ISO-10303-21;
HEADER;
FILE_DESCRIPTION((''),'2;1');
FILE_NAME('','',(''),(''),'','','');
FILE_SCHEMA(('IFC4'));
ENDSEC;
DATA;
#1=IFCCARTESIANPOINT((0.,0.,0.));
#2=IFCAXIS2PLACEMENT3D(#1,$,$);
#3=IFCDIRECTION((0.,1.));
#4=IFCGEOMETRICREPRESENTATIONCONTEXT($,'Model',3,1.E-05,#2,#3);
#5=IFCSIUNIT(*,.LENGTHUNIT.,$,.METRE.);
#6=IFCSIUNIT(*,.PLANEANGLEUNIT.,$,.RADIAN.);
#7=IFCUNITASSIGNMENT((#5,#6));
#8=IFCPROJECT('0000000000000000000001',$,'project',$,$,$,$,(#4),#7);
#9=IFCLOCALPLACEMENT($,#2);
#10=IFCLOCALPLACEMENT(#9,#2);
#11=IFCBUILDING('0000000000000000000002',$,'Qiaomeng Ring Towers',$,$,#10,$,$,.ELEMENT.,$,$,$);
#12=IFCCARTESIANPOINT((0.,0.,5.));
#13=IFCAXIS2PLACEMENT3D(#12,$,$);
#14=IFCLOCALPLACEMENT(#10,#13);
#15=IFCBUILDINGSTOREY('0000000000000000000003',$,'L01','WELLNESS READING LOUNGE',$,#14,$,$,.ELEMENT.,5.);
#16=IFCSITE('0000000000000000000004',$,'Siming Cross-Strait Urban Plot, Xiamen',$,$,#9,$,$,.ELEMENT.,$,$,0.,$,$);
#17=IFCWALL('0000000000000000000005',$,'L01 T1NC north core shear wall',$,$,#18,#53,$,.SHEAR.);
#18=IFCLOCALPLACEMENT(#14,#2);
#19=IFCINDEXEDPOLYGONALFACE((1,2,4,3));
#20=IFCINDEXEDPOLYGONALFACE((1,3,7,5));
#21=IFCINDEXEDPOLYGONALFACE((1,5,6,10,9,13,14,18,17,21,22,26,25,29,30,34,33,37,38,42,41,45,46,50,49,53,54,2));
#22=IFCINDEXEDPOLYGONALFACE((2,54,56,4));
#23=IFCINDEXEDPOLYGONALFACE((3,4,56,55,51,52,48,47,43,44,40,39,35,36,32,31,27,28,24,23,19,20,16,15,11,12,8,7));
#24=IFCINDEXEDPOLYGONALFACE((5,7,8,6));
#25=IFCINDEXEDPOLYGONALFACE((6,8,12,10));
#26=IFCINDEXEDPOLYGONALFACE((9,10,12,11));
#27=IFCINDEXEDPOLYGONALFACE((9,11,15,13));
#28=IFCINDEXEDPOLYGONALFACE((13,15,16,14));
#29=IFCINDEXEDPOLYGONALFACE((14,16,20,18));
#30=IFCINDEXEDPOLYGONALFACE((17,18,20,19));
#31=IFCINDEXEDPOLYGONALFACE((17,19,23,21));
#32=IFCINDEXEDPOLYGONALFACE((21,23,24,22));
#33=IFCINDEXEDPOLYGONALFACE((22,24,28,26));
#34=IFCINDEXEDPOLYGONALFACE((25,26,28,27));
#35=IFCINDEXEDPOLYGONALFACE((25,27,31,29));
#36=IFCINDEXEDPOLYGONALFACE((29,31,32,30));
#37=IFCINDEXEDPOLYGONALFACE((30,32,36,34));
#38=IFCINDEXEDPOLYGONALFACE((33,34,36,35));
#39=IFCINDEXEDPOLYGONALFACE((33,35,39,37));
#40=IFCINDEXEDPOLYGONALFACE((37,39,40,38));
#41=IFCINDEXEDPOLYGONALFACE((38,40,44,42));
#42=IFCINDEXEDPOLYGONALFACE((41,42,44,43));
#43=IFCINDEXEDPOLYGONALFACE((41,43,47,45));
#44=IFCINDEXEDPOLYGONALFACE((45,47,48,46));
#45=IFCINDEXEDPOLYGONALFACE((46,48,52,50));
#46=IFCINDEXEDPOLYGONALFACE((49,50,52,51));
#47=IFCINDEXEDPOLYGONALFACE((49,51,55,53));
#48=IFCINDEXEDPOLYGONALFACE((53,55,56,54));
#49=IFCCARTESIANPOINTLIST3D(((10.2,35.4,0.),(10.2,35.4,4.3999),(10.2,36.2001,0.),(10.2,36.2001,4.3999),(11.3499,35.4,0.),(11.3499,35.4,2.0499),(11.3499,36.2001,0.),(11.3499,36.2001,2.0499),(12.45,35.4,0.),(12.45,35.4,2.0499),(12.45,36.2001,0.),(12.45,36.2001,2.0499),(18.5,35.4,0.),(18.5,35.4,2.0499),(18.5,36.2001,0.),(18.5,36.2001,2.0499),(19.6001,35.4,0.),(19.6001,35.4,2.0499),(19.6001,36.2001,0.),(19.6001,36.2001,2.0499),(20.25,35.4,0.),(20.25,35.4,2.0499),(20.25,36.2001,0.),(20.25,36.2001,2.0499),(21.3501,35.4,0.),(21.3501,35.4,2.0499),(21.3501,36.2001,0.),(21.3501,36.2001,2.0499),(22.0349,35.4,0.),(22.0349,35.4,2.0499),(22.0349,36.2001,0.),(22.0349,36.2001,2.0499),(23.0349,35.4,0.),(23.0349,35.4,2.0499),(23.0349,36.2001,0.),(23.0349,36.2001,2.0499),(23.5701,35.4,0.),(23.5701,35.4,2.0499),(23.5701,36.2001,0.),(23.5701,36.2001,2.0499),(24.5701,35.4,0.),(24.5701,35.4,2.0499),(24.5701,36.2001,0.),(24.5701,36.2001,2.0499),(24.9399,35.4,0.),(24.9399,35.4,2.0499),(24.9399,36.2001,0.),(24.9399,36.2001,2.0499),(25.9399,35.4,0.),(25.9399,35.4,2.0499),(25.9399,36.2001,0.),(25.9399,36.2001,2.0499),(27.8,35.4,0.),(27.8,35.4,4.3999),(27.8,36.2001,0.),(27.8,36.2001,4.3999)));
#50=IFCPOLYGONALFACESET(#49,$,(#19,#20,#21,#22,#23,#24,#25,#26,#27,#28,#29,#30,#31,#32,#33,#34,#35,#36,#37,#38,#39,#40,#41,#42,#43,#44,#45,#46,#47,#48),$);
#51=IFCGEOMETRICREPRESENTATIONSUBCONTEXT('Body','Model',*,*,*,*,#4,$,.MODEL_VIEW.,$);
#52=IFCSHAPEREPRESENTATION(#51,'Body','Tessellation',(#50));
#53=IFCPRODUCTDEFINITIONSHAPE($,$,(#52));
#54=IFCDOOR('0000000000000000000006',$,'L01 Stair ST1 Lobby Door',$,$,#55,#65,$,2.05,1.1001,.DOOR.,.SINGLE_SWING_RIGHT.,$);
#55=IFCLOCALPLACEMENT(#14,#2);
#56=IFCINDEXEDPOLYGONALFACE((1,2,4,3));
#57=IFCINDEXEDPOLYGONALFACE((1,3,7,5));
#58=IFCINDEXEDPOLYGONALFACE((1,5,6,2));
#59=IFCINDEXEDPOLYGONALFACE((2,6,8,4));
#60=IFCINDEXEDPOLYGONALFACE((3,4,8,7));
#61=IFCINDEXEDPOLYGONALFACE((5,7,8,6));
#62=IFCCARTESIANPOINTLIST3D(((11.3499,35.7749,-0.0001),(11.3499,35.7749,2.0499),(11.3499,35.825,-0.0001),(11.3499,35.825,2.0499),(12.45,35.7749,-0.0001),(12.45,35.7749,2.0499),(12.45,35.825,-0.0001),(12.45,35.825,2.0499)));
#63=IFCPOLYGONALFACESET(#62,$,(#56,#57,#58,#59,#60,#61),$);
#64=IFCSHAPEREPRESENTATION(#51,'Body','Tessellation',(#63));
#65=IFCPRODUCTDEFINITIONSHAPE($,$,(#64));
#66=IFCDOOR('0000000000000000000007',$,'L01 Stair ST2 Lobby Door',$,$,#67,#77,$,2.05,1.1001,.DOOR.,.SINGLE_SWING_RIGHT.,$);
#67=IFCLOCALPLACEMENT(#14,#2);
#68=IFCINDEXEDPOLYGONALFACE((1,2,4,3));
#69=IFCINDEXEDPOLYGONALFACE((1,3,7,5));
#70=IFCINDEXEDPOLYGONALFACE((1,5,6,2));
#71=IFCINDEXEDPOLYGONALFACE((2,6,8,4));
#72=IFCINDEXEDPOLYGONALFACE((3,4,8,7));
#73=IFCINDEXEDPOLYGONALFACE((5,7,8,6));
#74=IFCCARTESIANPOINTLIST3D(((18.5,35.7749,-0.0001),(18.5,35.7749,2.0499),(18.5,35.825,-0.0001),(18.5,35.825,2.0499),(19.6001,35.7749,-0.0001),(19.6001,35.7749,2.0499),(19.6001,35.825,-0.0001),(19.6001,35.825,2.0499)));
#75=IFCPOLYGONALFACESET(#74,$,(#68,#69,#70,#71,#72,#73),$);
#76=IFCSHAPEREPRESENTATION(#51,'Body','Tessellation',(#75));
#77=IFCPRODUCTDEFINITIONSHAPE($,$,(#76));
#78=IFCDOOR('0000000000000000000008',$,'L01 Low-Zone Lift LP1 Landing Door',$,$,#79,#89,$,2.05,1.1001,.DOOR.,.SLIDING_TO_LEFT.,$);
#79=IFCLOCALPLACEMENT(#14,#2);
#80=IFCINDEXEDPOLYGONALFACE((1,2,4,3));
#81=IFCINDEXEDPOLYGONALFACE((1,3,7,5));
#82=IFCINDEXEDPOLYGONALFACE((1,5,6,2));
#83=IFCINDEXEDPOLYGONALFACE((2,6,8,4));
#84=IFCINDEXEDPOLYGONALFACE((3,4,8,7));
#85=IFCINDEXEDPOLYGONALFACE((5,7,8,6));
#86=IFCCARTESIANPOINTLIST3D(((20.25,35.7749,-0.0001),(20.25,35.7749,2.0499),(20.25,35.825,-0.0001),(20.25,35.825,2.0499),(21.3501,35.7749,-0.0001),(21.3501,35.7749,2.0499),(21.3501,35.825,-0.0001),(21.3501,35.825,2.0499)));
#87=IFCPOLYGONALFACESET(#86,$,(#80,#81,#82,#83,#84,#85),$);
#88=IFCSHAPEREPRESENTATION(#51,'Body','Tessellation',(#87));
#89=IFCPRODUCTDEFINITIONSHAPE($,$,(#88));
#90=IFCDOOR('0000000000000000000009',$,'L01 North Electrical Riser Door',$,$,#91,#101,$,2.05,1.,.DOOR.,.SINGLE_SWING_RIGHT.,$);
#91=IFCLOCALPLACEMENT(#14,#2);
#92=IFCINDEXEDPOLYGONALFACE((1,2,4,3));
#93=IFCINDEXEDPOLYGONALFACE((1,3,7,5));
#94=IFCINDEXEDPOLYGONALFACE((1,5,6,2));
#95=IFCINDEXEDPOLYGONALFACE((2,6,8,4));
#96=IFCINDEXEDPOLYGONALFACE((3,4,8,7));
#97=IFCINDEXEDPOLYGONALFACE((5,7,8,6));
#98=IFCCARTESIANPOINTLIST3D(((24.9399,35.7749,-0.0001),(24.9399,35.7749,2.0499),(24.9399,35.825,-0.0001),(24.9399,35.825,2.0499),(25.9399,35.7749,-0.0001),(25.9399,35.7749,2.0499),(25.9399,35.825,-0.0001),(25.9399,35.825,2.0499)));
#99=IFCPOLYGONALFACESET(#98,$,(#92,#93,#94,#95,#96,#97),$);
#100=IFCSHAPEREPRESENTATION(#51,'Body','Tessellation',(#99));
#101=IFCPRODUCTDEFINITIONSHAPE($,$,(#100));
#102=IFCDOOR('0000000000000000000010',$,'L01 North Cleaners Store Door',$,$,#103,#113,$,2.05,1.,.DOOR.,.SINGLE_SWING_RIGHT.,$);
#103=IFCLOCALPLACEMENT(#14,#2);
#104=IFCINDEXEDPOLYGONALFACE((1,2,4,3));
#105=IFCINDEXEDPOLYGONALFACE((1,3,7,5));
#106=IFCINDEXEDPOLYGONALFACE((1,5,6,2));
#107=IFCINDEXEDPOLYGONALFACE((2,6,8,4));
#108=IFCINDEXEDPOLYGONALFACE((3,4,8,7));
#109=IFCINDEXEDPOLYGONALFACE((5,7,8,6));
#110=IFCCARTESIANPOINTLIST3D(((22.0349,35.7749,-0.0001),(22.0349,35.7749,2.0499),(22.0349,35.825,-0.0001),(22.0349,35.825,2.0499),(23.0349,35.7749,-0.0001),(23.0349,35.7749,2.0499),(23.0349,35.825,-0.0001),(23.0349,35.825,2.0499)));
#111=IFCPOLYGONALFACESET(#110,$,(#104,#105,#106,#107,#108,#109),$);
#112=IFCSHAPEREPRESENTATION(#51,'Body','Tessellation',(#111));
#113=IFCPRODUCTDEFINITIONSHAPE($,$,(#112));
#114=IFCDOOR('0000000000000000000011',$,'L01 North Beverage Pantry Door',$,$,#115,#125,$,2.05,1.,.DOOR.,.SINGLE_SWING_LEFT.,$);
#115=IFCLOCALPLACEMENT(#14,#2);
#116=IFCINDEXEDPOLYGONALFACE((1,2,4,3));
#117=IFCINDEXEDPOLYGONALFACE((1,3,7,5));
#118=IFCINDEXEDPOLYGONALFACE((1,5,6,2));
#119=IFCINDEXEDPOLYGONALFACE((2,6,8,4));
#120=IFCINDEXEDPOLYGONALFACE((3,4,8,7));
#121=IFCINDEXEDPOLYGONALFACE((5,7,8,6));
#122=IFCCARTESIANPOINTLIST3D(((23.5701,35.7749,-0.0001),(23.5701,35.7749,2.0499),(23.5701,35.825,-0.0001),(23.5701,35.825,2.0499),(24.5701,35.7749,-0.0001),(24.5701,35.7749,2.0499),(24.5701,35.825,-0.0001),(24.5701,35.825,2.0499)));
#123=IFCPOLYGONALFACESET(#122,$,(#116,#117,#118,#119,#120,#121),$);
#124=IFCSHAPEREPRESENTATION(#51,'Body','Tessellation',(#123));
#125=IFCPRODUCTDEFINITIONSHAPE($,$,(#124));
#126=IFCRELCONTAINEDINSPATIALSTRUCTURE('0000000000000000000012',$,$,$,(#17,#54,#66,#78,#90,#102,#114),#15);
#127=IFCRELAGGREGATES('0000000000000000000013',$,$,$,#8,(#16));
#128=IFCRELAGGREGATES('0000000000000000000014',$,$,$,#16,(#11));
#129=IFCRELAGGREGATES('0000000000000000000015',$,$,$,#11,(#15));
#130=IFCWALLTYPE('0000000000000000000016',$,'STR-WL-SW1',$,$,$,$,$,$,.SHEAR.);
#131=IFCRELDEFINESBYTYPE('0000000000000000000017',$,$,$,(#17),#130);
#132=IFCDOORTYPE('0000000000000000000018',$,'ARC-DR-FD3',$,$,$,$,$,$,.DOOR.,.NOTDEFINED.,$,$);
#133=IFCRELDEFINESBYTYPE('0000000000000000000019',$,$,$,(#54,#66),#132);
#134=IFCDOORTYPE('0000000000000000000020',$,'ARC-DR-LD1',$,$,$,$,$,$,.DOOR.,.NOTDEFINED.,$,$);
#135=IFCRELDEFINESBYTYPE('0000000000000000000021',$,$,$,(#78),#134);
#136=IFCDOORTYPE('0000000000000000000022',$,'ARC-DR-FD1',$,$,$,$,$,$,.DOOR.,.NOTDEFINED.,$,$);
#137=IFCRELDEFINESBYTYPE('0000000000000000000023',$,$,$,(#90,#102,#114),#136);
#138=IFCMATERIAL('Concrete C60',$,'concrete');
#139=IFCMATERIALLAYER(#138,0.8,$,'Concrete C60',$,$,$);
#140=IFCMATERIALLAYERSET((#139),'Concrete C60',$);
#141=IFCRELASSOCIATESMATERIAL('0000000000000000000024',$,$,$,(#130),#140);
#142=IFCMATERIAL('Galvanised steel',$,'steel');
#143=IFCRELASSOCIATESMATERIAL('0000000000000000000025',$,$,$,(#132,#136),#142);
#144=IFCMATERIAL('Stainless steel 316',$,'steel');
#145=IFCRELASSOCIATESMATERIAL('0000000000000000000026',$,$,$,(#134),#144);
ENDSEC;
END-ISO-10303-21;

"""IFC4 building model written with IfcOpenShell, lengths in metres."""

from ifc_helpers import new_model, si_unit, direction, frame, frame_2d, origin, place, context, subcontext, project, spatial, rectangle, extrude, source, transform, mapped, material, layer, layer_set, type_object, element, fill, save


model = new_model("IFC4")

# Units and contexts
model_context = context("Model", 3, precision=1e-05, world=origin(), true_north=direction((0.0, 1.0)))
body_context = subcontext(model_context, "Body", "Model", "MODEL_VIEW")
ifc_project = project(units=[si_unit("LENGTHUNIT", "METRE"), si_unit("PLANEANGLEUNIT", "RADIAN")], contexts=[model_context])

# Site, building, storey
site_placement = place(None, origin())
site = spatial("IfcSite", under=ifc_project, at=site_placement, Name="Siming Cross-Strait Urban Plot, Xiamen", CompositionType="ELEMENT", RefElevation=0.0)
building_placement = place(site_placement, origin())
building = spatial("IfcBuilding", under=site, at=building_placement, Name="Qiaomeng Ring Towers", CompositionType="ELEMENT")
storey_placement = place(building_placement, frame((0.0, 0.0, 5.0)))
storey = spatial("IfcBuildingStorey", under=building, at=storey_placement, Name="L01", Description="WELLNESS READING LOUNGE", CompositionType="ELEMENT", Elevation=5.0)

# Shared definitions
ifc_material_1 = material(Name="Concrete C60", Category="concrete")

# Shared definitions
shared_shape_1 = source(origin(), body_context, "Body", "SweptSolid", [
    extrude(rectangle(XDim=1.0, YDim=2.05, at=frame_2d((0.5, 1.0249))), frame((0.0, 0.0249, 0.0), z_axis=(0.0, -1.0, 0.0), x_axis=(1.0, 0.0, 0.0)), (0.0, 0.0, 1.0), 0.05),
])

# Wall, openings, doors
ifc_layer_1 = layer(ifc_material_1, 0.8, Name="Concrete C60")
ifc_layer_set_1 = layer_set([ifc_layer_1], Name="Concrete C60")
wall_type_1 = type_object("IfcWallType", Name="STR-WL-SW1", PredefinedType="SHEAR", material=ifc_layer_set_1)
wall_1_placement = place(storey_placement, frame((10.2, 35.8, 0.0), z_axis=(0.0, 0.0, 1.0), x_axis=(1.0, 0.0, 0.0)))
wall_1 = element("IfcWall", 1, at=wall_1_placement, inside=storey, type_object=wall_type_1, Name="L01 T1NC north core shear wall", PredefinedType="SHEAR", context=body_context, shape_type="SweptSolid", body=[
    extrude(rectangle(XDim=17.6001, YDim=0.8, at=frame_2d((8.8, 0.0))), origin(), (0.0, 0.0, 1.0), 4.3999),
])
opening_1_placement = place(wall_1_placement, frame((1.1499, 0.0, 0.0)))
opening_1 = element("IfcOpeningElement", 2, at=opening_1_placement, cuts=wall_1, PredefinedType="OPENING", context=body_context, shape_type="SweptSolid", body=[
    extrude(rectangle(XDim=1.1001, YDim=2.05, at=frame_2d((0.55, 1.0249))), frame((0.0, 0.4099, 0.0), z_axis=(0.0, -1.0, 0.0), x_axis=(1.0, 0.0, 0.0)), (0.0, 0.0, 1.0), 0.8201),
])
opening_2_placement = place(wall_1_placement, frame((8.3, 0.0, 0.0)))
opening_2 = element("IfcOpeningElement", 3, at=opening_2_placement, cuts=wall_1, PredefinedType="OPENING", context=body_context, shape_type="SweptSolid", body=[
    extrude(rectangle(XDim=1.1001, YDim=2.05, at=frame_2d((0.55, 1.0249))), frame((0.0, 0.4099, 0.0), z_axis=(0.0, -1.0, 0.0), x_axis=(1.0, 0.0, 0.0)), (0.0, 0.0, 1.0), 0.8201),
])
opening_3_placement = place(wall_1_placement, frame((10.05, 0.0, 0.0)))
opening_3 = element("IfcOpeningElement", 4, at=opening_3_placement, cuts=wall_1, PredefinedType="OPENING", context=body_context, shape_type="SweptSolid", body=[
    extrude(rectangle(XDim=1.1001, YDim=2.05, at=frame_2d((0.55, 1.0249))), frame((0.0, 0.4099, 0.0), z_axis=(0.0, -1.0, 0.0), x_axis=(1.0, 0.0, 0.0)), (0.0, 0.0, 1.0), 0.8201),
])
opening_4_placement = place(wall_1_placement, frame((14.74, 0.0, 0.0)))
opening_4 = element("IfcOpeningElement", 5, at=opening_4_placement, cuts=wall_1, PredefinedType="OPENING", context=body_context, shape_type="SweptSolid", body=[
    extrude(rectangle(XDim=1.0, YDim=2.05, at=frame_2d((0.5, 1.0249))), frame((0.0, 0.4099, 0.0), z_axis=(0.0, -1.0, 0.0), x_axis=(1.0, 0.0, 0.0)), (0.0, 0.0, 1.0), 0.8201),
])
opening_5_placement = place(wall_1_placement, frame((11.835, 0.0, 0.0)))
opening_5 = element("IfcOpeningElement", 6, at=opening_5_placement, cuts=wall_1, PredefinedType="OPENING", context=body_context, shape_type="SweptSolid", body=[
    extrude(rectangle(XDim=1.0, YDim=2.05, at=frame_2d((0.5, 1.0249))), frame((0.0, 0.4099, 0.0), z_axis=(0.0, -1.0, 0.0), x_axis=(1.0, 0.0, 0.0)), (0.0, 0.0, 1.0), 0.8201),
])
opening_6_placement = place(wall_1_placement, frame((13.3701, 0.0, 0.0)))
opening_6 = element("IfcOpeningElement", 7, at=opening_6_placement, cuts=wall_1, PredefinedType="OPENING", context=body_context, shape_type="SweptSolid", body=[
    extrude(rectangle(XDim=1.0, YDim=2.05, at=frame_2d((0.5, 1.0249))), frame((0.0, 0.4099, 0.0), z_axis=(0.0, -1.0, 0.0), x_axis=(1.0, 0.0, 0.0)), (0.0, 0.0, 1.0), 0.8201),
])
ifc_material_2 = material(Name="Galvanised steel", Category="steel")
door_type_1 = type_object("IfcDoorType", Name="ARC-DR-FD3", OperationType="NOTDEFINED", PredefinedType="DOOR", material=ifc_material_2)
shared_shape_2 = source(origin(), body_context, "Body", "SweptSolid", [
    extrude(rectangle(XDim=1.1001, YDim=2.05, at=frame_2d((0.55, 1.0249))), frame((0.0, 0.0249, 0.0), z_axis=(0.0, -1.0, 0.0), x_axis=(1.0, 0.0, 0.0)), (0.0, 0.0, 1.0), 0.05),
])
door_1_placement = place(opening_1_placement, origin())
door_1 = element("IfcDoor", 8, at=door_1_placement, inside=storey, type_object=door_type_1, Name="L01 Stair ST1 Lobby Door", OperationType="SINGLE_SWING_RIGHT", OverallHeight=2.05, OverallWidth=1.1001, PredefinedType="DOOR", context=body_context, shape_type="MappedRepresentation", body=[
    mapped(shared_shape_2, transform((0.0, 0.0, 0.0), x_axis=(1.0, 0.0, 0.0), y_axis=(0.0, 1.0, 0.0), z_axis=(0.0, 0.0, 1.0), scale=1.0)),
])
fill(opening_1, door_1)
door_2_placement = place(opening_2_placement, origin())
door_2 = element("IfcDoor", 9, at=door_2_placement, inside=storey, type_object=door_type_1, Name="L01 Stair ST2 Lobby Door", OperationType="SINGLE_SWING_RIGHT", OverallHeight=2.05, OverallWidth=1.1001, PredefinedType="DOOR", context=body_context, shape_type="MappedRepresentation", body=[
    mapped(shared_shape_2, transform((0.0, 0.0, 0.0), x_axis=(1.0, 0.0, 0.0), y_axis=(0.0, 1.0, 0.0), z_axis=(0.0, 0.0, 1.0), scale=1.0)),
])
fill(opening_2, door_2)
ifc_material_3 = material(Name="Stainless steel 316", Category="steel")
door_type_2 = type_object("IfcDoorType", Name="ARC-DR-LD1", OperationType="NOTDEFINED", PredefinedType="DOOR", material=ifc_material_3)
door_3_placement = place(opening_3_placement, origin())
door_3 = element("IfcDoor", 10, at=door_3_placement, inside=storey, type_object=door_type_2, Name="L01 Low-Zone Lift LP1 Landing Door", OperationType="SLIDING_TO_LEFT", OverallHeight=2.05, OverallWidth=1.1001, PredefinedType="DOOR", context=body_context, shape_type="MappedRepresentation", body=[
    mapped(shared_shape_2, transform((0.0, 0.0, 0.0), x_axis=(1.0, 0.0, 0.0), y_axis=(0.0, 1.0, 0.0), z_axis=(0.0, 0.0, 1.0), scale=1.0)),
])
fill(opening_3, door_3)
door_type_3 = type_object("IfcDoorType", Name="ARC-DR-FD1", OperationType="NOTDEFINED", PredefinedType="DOOR", material=ifc_material_2)
door_4_placement = place(opening_4_placement, origin())
door_4 = element("IfcDoor", 11, at=door_4_placement, inside=storey, type_object=door_type_3, Name="L01 North Electrical Riser Door", OperationType="SINGLE_SWING_RIGHT", OverallHeight=2.05, OverallWidth=1.0, PredefinedType="DOOR", context=body_context, shape_type="MappedRepresentation", body=[
    mapped(shared_shape_1, transform((0.0, 0.0, 0.0), x_axis=(1.0, 0.0, 0.0), y_axis=(0.0, 1.0, 0.0), z_axis=(0.0, 0.0, 1.0), scale=1.0)),
])
fill(opening_4, door_4)
door_5_placement = place(opening_5_placement, origin())
door_5 = element("IfcDoor", 12, at=door_5_placement, inside=storey, type_object=door_type_3, Name="L01 North Cleaners Store Door", OperationType="SINGLE_SWING_RIGHT", OverallHeight=2.05, OverallWidth=1.0, PredefinedType="DOOR", context=body_context, shape_type="MappedRepresentation", body=[
    mapped(shared_shape_1, transform((0.0, 0.0, 0.0), x_axis=(1.0, 0.0, 0.0), y_axis=(0.0, 1.0, 0.0), z_axis=(0.0, 0.0, 1.0), scale=1.0)),
])
fill(opening_5, door_5)
door_6_placement = place(opening_6_placement, origin())
door_6 = element("IfcDoor", 13, at=door_6_placement, inside=storey, type_object=door_type_3, Name="L01 North Beverage Pantry Door", OperationType="SINGLE_SWING_LEFT", OverallHeight=2.05, OverallWidth=1.0, PredefinedType="DOOR", context=body_context, shape_type="MappedRepresentation", body=[
    mapped(shared_shape_1, transform((0.0, 0.0, 0.0), x_axis=(1.0, 0.0, 0.0), y_axis=(0.0, 1.0, 0.0), z_axis=(0.0, 0.0, 1.0), scale=1.0)),
])
fill(opening_6, door_6)

save(model, "model.ifc")
